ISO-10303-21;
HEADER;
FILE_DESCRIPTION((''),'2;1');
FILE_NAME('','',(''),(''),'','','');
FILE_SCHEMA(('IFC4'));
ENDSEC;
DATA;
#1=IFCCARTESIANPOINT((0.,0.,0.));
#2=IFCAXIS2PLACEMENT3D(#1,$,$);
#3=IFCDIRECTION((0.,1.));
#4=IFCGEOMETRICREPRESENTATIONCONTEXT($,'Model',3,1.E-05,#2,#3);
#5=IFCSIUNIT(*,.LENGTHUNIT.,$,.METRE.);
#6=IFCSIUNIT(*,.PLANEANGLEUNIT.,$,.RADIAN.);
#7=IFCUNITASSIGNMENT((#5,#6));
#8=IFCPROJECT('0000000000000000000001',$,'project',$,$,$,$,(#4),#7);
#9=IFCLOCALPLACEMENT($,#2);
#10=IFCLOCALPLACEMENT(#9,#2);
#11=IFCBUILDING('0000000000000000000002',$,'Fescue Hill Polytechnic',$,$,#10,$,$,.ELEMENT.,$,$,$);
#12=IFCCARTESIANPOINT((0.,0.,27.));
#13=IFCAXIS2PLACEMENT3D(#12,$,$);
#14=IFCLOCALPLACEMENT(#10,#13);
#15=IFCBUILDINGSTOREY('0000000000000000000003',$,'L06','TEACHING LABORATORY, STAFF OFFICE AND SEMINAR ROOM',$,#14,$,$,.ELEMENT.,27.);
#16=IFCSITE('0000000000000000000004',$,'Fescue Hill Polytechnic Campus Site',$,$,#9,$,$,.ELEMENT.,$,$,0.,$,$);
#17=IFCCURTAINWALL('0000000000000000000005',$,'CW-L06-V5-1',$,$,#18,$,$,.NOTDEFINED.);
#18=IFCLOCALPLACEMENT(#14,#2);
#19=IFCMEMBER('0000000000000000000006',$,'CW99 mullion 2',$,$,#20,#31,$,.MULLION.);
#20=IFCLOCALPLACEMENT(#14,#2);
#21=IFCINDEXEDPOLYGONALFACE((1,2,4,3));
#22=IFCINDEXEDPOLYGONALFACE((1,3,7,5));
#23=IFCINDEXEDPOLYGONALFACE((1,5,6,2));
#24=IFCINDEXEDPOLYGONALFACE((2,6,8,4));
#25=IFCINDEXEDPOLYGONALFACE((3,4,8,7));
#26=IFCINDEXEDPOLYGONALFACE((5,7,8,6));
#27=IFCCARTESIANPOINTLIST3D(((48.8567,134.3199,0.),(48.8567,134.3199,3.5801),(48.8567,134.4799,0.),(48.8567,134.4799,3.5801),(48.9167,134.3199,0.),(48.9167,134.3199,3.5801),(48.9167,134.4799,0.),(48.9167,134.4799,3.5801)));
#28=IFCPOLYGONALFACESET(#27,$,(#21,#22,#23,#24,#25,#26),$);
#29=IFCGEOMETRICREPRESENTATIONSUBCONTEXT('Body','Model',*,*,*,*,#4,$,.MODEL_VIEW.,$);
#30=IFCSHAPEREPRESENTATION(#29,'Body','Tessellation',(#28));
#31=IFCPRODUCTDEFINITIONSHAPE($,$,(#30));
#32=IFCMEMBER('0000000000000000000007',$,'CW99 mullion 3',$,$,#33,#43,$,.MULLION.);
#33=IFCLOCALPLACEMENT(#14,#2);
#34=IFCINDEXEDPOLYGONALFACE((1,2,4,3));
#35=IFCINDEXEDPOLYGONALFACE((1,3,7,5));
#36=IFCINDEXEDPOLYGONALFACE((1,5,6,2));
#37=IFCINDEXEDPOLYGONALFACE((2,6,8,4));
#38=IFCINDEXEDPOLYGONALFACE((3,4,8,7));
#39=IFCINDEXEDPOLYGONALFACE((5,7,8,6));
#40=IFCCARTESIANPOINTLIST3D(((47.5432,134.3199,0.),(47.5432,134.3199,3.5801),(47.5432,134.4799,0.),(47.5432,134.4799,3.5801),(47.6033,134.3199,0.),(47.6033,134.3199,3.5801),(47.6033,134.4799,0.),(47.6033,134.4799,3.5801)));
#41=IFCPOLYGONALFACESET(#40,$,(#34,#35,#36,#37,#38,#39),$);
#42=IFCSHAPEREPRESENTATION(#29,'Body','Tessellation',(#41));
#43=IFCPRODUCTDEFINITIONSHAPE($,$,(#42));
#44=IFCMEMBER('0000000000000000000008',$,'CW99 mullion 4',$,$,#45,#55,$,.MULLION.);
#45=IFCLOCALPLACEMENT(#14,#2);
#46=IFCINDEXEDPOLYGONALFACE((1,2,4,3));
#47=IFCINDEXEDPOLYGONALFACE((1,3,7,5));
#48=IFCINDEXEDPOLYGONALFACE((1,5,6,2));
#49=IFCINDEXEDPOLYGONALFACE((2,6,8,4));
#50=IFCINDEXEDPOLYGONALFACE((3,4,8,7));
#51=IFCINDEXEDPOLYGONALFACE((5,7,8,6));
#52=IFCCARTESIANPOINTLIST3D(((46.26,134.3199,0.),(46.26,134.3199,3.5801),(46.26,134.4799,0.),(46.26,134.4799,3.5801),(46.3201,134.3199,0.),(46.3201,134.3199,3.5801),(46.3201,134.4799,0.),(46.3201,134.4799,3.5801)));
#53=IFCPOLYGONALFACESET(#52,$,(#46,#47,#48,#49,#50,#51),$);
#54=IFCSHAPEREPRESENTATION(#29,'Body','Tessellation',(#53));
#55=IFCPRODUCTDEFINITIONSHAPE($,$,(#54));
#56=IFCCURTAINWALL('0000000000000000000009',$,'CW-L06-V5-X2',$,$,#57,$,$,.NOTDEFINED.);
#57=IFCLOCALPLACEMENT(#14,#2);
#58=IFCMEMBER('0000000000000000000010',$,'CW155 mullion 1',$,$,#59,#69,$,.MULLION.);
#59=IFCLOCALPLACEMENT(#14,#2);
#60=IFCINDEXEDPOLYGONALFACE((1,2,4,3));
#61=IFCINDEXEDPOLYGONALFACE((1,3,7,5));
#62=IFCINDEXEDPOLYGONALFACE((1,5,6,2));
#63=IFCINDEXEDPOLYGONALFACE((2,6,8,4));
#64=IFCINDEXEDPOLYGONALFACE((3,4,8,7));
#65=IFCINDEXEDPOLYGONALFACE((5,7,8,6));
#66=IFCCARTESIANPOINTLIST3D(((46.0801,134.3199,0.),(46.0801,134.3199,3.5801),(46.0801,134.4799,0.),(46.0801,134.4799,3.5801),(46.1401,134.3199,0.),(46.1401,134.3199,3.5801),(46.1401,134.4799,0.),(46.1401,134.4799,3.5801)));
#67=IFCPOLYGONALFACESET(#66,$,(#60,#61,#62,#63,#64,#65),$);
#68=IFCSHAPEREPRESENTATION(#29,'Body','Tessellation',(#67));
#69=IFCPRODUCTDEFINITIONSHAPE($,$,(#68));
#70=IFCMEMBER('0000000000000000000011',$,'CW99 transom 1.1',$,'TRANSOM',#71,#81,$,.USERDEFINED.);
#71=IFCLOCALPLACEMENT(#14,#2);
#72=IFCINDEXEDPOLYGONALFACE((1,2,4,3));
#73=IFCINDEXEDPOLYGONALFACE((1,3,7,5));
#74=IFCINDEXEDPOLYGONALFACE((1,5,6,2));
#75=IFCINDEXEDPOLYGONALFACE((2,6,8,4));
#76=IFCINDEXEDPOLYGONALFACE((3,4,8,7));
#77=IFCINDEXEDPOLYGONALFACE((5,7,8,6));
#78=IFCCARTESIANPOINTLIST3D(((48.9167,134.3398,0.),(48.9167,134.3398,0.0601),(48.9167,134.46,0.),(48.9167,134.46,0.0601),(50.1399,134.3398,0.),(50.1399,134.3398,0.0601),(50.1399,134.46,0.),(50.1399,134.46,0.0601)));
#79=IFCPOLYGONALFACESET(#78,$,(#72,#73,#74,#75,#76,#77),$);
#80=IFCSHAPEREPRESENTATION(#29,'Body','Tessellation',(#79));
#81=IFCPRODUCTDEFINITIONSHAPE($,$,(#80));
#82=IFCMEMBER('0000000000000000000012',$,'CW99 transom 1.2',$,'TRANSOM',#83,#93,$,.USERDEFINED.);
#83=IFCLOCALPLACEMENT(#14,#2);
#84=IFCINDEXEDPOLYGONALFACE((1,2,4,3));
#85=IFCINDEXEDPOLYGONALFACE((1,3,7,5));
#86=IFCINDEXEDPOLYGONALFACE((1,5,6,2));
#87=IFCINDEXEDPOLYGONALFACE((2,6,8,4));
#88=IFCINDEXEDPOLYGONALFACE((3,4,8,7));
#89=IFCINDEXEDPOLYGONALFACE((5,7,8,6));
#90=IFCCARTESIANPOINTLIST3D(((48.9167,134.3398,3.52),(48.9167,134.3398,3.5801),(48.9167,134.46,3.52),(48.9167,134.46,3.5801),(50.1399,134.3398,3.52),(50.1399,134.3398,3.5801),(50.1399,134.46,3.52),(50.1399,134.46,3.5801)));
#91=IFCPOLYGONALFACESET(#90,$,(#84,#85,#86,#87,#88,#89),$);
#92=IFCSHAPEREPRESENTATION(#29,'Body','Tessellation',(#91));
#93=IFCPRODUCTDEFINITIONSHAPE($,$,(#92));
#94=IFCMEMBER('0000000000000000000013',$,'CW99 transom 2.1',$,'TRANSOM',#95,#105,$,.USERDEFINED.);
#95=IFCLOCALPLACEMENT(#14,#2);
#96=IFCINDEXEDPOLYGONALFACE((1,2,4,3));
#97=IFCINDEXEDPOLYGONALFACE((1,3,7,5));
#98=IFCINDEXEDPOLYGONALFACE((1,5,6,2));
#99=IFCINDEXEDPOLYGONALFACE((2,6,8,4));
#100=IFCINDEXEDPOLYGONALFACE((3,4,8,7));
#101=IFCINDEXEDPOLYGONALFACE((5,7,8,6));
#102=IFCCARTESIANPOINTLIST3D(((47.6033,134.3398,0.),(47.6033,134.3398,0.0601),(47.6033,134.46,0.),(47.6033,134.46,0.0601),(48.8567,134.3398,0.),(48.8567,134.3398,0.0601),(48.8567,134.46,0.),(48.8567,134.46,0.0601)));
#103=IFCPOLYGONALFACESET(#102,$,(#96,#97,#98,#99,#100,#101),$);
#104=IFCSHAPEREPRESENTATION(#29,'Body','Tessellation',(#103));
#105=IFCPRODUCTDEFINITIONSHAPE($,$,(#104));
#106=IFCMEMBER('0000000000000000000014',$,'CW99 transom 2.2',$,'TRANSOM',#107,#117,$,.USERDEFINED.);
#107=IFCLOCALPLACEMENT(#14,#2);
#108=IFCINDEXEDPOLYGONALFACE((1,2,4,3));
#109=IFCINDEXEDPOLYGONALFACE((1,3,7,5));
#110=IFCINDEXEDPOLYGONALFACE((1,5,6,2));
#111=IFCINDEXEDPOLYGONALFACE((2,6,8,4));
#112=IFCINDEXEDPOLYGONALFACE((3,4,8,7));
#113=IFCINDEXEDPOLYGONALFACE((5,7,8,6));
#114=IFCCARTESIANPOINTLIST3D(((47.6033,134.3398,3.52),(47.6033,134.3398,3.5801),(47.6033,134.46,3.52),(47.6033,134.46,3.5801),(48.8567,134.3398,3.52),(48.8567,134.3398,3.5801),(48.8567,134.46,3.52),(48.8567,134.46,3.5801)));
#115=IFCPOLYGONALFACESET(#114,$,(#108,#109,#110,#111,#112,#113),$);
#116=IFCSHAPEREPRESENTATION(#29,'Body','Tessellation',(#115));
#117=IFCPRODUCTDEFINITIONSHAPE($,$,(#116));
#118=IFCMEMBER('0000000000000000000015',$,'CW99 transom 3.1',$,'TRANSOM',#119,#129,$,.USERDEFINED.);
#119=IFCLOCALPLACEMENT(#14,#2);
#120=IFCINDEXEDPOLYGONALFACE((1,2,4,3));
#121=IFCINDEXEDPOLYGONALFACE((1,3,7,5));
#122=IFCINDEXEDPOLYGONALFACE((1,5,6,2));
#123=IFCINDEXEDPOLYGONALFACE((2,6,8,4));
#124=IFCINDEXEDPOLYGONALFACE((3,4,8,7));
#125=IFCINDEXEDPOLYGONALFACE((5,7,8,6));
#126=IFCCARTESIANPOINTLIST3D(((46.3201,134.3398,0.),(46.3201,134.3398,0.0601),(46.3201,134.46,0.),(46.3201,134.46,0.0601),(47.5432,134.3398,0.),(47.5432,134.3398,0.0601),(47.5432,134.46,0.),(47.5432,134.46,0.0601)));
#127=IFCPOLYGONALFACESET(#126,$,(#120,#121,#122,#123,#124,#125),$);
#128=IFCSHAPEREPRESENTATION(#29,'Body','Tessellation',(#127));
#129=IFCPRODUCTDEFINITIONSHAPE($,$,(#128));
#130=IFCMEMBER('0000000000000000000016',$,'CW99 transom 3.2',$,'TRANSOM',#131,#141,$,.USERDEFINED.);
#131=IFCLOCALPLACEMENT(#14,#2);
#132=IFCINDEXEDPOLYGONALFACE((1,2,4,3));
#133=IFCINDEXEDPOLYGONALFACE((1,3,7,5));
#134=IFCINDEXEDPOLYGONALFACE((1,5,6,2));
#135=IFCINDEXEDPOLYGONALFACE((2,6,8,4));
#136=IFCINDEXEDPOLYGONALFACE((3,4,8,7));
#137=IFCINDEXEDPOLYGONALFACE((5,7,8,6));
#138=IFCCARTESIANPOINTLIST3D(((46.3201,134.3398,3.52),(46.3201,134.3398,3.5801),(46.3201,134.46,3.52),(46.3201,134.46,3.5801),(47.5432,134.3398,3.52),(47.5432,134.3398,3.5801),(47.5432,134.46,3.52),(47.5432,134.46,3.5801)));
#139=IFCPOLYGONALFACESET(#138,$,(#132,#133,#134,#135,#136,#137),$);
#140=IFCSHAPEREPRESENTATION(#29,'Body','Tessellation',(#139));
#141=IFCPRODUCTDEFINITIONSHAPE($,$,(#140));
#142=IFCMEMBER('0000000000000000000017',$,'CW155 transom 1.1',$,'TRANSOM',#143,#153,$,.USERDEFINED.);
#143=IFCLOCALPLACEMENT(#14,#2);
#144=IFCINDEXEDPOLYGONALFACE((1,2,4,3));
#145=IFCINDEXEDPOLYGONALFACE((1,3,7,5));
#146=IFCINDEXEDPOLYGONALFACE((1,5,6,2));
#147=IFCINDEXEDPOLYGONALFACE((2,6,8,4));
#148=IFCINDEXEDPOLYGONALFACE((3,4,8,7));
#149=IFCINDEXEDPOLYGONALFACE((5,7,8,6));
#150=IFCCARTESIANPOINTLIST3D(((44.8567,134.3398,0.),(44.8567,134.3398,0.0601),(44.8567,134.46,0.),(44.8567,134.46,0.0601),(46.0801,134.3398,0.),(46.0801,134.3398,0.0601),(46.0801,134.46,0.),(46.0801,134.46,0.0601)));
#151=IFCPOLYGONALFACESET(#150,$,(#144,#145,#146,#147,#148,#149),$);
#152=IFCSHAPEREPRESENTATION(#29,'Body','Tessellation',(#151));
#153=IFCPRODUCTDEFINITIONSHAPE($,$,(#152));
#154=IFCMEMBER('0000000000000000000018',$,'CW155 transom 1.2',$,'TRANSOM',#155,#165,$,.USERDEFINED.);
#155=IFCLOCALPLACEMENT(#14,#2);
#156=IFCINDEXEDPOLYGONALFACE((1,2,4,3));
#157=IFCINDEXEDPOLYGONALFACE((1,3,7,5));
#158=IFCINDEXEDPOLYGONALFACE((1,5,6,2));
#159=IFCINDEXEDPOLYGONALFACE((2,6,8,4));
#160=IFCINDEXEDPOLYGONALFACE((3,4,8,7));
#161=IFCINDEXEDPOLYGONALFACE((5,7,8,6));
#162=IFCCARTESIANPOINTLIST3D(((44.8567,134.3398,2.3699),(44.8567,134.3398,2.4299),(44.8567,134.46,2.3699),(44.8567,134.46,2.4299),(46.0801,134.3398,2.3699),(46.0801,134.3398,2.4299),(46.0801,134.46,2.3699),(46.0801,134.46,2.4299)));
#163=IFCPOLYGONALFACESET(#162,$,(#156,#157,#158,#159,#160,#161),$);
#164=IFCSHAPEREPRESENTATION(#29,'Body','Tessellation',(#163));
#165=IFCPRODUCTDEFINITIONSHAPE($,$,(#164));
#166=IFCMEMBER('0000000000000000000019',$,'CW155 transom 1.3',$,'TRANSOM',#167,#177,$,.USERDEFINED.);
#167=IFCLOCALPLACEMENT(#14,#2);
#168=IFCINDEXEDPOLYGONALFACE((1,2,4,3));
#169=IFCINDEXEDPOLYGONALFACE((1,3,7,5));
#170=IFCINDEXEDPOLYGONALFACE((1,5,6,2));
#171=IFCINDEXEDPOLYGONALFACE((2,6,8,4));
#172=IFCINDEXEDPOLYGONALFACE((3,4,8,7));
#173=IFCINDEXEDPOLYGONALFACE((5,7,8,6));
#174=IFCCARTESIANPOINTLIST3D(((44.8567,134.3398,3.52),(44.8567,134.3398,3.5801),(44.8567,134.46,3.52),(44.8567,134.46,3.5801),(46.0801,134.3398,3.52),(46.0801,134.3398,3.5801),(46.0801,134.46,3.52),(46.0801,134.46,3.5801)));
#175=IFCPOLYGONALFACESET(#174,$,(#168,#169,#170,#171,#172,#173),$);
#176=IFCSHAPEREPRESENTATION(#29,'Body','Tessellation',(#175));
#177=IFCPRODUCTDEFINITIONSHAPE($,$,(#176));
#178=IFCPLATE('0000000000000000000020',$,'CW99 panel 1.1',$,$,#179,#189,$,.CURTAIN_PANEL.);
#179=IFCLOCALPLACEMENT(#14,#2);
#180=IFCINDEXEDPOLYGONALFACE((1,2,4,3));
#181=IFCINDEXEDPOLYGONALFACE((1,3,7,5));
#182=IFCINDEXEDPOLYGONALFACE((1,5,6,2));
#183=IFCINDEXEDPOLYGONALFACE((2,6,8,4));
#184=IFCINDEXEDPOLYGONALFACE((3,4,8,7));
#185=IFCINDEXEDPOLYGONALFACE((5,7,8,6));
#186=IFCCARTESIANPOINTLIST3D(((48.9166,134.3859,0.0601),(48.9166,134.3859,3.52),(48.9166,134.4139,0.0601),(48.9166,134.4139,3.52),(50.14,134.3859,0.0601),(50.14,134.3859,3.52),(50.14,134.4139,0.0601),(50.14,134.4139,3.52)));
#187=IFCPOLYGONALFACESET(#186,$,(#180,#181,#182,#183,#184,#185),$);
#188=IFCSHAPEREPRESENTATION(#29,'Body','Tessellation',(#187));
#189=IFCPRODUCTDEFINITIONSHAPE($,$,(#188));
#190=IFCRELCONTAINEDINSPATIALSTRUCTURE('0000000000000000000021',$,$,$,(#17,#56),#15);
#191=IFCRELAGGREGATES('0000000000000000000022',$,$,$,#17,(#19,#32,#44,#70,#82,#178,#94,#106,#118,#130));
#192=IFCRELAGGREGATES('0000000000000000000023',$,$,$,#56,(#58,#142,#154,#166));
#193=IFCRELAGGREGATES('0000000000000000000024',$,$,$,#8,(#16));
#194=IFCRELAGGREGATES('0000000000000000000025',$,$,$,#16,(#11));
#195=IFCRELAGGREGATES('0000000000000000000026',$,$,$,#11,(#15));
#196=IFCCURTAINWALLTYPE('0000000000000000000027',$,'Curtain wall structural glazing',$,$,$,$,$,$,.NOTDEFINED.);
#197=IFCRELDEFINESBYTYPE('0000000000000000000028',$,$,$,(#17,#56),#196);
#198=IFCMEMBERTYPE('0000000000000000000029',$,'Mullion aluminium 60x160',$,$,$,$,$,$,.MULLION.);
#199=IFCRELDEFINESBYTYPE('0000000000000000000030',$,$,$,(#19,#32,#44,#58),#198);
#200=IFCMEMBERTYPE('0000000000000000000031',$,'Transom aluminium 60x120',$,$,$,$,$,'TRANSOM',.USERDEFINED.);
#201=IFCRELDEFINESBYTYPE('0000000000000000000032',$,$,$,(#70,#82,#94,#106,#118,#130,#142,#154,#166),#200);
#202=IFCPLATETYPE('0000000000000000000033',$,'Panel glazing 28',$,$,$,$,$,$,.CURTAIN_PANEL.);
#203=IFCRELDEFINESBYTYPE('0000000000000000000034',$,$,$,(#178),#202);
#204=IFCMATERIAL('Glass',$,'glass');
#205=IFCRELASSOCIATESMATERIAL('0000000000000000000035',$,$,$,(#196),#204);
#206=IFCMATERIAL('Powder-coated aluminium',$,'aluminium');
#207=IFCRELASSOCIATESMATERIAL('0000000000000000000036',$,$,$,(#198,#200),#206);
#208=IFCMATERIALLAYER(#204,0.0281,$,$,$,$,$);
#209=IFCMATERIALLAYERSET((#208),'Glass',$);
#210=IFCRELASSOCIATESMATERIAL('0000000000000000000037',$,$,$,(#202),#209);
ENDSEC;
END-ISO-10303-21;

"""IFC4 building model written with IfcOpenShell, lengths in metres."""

from ifc_helpers import new_model, si_unit, direction, frame, origin, origin_2d, place, context, subcontext, project, spatial, rectangle, extrude, material, layer, layer_set, material_profile, profile_set, type_object, element, aggregate, save


model = new_model("IFC4")

# Units and contexts
model_context = context("Model", 3, precision=1e-05, world=origin(), true_north=direction((0.0, 1.0)))
body_context = subcontext(model_context, "Body", "Model", "MODEL_VIEW")
ifc_project = project(units=[si_unit("LENGTHUNIT", "METRE"), si_unit("PLANEANGLEUNIT", "RADIAN")], contexts=[model_context])

# Site, building, storey
site_placement = place(None, origin())
site = spatial("IfcSite", under=ifc_project, at=site_placement, Name="Fescue Hill Polytechnic Campus Site", CompositionType="ELEMENT", RefElevation=0.0)
building_placement = place(site_placement, origin())
building = spatial("IfcBuilding", under=site, at=building_placement, Name="Fescue Hill Polytechnic", CompositionType="ELEMENT")
storey_placement = place(building_placement, frame((0.0, 0.0, 27.0)))
storey = spatial("IfcBuildingStorey", under=building, at=storey_placement, Name="L06", Description="TEACHING LABORATORY, STAFF OFFICE AND SEMINAR ROOM", CompositionType="ELEMENT", Elevation=27.0)

# Curtain wall, members
ifc_material_1 = material(Name="Glass", Category="glass")
curtain_wall_type = type_object("IfcCurtainWallType", Name="Curtain wall structural glazing", PredefinedType="NOTDEFINED", material=ifc_material_1)
curtain_wall_1_placement = place(storey_placement, origin())
curtain_wall_1 = element("IfcCurtainWall", 1, at=curtain_wall_1_placement, inside=storey, type_object=curtain_wall_type, Name="CW-L06-V5-1", PredefinedType="NOTDEFINED")
ifc_material_2 = material(Name="Powder-coated aluminium", Category="aluminium")
ifc_material_profile_1 = material_profile(ifc_material_2, rectangle(XDim=0.1599, YDim=0.0601, at=origin_2d()), Name="Mullion aluminium 60x160")
ifc_profile_set_1 = profile_set([ifc_material_profile_1], Name="Powder-coated aluminium")
member_type_1 = type_object("IfcMemberType", Name="Mullion aluminium 60x160", PredefinedType="MULLION", material=ifc_profile_set_1)
member_1_placement = place(storey_placement, frame((48.8867, 134.3999, 0.0), z_axis=(0.0, 0.0, 1.0), x_axis=(0.0, -1.0, 0.0)))
member_1 = element("IfcMember", 2, at=member_1_placement, type_object=member_type_1, Name="CW99 mullion 2", PredefinedType="MULLION", context=body_context, shape_type="SweptSolid", body=[
    extrude(rectangle(XDim=0.1599, YDim=0.0601, at=origin_2d()), origin(), (0.0, 0.0, 1.0), 3.5801),
])
member_2_placement = place(storey_placement, frame((47.5732, 134.3999, 0.0), z_axis=(0.0, 0.0, 1.0), x_axis=(0.0, -1.0, 0.0)))
member_2 = element("IfcMember", 3, at=member_2_placement, type_object=member_type_1, Name="CW99 mullion 3", PredefinedType="MULLION", context=body_context, shape_type="SweptSolid", body=[
    extrude(rectangle(XDim=0.1599, YDim=0.0601, at=origin_2d()), origin(), (0.0, 0.0, 1.0), 3.5801),
])
member_3_placement = place(storey_placement, frame((46.29, 134.3999, 0.0), z_axis=(0.0, 0.0, 1.0), x_axis=(0.0, -1.0, 0.0)))
member_3 = element("IfcMember", 4, at=member_3_placement, type_object=member_type_1, Name="CW99 mullion 4", PredefinedType="MULLION", context=body_context, shape_type="SweptSolid", body=[
    extrude(rectangle(XDim=0.1599, YDim=0.0601, at=origin_2d()), origin(), (0.0, 0.0, 1.0), 3.5801),
])

# Curtain wall, member
curtain_wall_2_placement = place(storey_placement, origin())
curtain_wall_2 = element("IfcCurtainWall", 5, at=curtain_wall_2_placement, inside=storey, type_object=curtain_wall_type, Name="CW-L06-V5-X2", PredefinedType="NOTDEFINED")
member_4_placement = place(storey_placement, frame((46.1101, 134.3999, 0.0), z_axis=(0.0, 0.0, 1.0), x_axis=(0.0, -1.0, 0.0)))
member_4 = element("IfcMember", 6, at=member_4_placement, type_object=member_type_1, Name="CW155 mullion 1", PredefinedType="MULLION", context=body_context, shape_type="SweptSolid", body=[
    extrude(rectangle(XDim=0.1599, YDim=0.0601, at=origin_2d()), origin(), (0.0, 0.0, 1.0), 3.5801),
])

# Members
ifc_material_profile_2 = material_profile(ifc_material_2, rectangle(XDim=0.1201, YDim=0.0601, at=origin_2d()), Name="Transom aluminium 60x120")
ifc_profile_set_2 = profile_set([ifc_material_profile_2], Name="Powder-coated aluminium")
member_type_2 = type_object("IfcMemberType", Name="Transom aluminium 60x120", ElementType="TRANSOM", PredefinedType="USERDEFINED", material=ifc_profile_set_2)
member_5_placement = place(storey_placement, frame((50.1399, 134.3999, 0.03), z_axis=(-1.0, 0.0, 0.0), x_axis=(0.0, -1.0, 0.0)))
member_5 = element("IfcMember", 7, at=member_5_placement, type_object=member_type_2, Name="CW99 transom 1.1", ObjectType="TRANSOM", PredefinedType="USERDEFINED", context=body_context, shape_type="SweptSolid", body=[
    extrude(rectangle(XDim=0.1201, YDim=0.0601, at=origin_2d()), origin(), (0.0, 0.0, 1.0), 1.2231),
])
member_6_placement = place(storey_placement, frame((50.1399, 134.3999, 3.55), z_axis=(-1.0, 0.0, 0.0), x_axis=(0.0, -1.0, 0.0)))
member_6 = element("IfcMember", 8, at=member_6_placement, type_object=member_type_2, Name="CW99 transom 1.2", ObjectType="TRANSOM", PredefinedType="USERDEFINED", context=body_context, shape_type="SweptSolid", body=[
    extrude(rectangle(XDim=0.1201, YDim=0.0601, at=origin_2d()), origin(), (0.0, 0.0, 1.0), 1.2231),
])
member_7_placement = place(storey_placement, frame((48.8567, 134.3999, 0.03), z_axis=(-1.0, 0.0, 0.0), x_axis=(0.0, -1.0, 0.0)))
member_7 = element("IfcMember", 9, at=member_7_placement, type_object=member_type_2, Name="CW99 transom 2.1", ObjectType="TRANSOM", PredefinedType="USERDEFINED", context=body_context, shape_type="SweptSolid", body=[
    extrude(rectangle(XDim=0.1201, YDim=0.0601, at=origin_2d()), origin(), (0.0, 0.0, 1.0), 1.2534),
])
member_8_placement = place(storey_placement, frame((48.8567, 134.3999, 3.55), z_axis=(-1.0, 0.0, 0.0), x_axis=(0.0, -1.0, 0.0)))
member_8 = element("IfcMember", 10, at=member_8_placement, type_object=member_type_2, Name="CW99 transom 2.2", ObjectType="TRANSOM", PredefinedType="USERDEFINED", context=body_context, shape_type="SweptSolid", body=[
    extrude(rectangle(XDim=0.1201, YDim=0.0601, at=origin_2d()), origin(), (0.0, 0.0, 1.0), 1.2534),
])
member_9_placement = place(storey_placement, frame((47.5432, 134.3999, 0.03), z_axis=(-1.0, 0.0, 0.0), x_axis=(0.0, -1.0, 0.0)))
member_9 = element("IfcMember", 11, at=member_9_placement, type_object=member_type_2, Name="CW99 transom 3.1", ObjectType="TRANSOM", PredefinedType="USERDEFINED", context=body_context, shape_type="SweptSolid", body=[
    extrude(rectangle(XDim=0.1201, YDim=0.0601, at=origin_2d()), origin(), (0.0, 0.0, 1.0), 1.2231),
])
member_10_placement = place(storey_placement, frame((47.5432, 134.3999, 3.55), z_axis=(-1.0, 0.0, 0.0), x_axis=(0.0, -1.0, 0.0)))
member_10 = element("IfcMember", 12, at=member_10_placement, type_object=member_type_2, Name="CW99 transom 3.2", ObjectType="TRANSOM", PredefinedType="USERDEFINED", context=body_context, shape_type="SweptSolid", body=[
    extrude(rectangle(XDim=0.1201, YDim=0.0601, at=origin_2d()), origin(), (0.0, 0.0, 1.0), 1.2231),
])
member_11_placement = place(storey_placement, frame((46.0801, 134.3999, 0.03), z_axis=(-1.0, 0.0, 0.0), x_axis=(0.0, -1.0, 0.0)))
member_11 = element("IfcMember", 13, at=member_11_placement, type_object=member_type_2, Name="CW155 transom 1.1", ObjectType="TRANSOM", PredefinedType="USERDEFINED", context=body_context, shape_type="SweptSolid", body=[
    extrude(rectangle(XDim=0.1201, YDim=0.0601, at=origin_2d()), origin(), (0.0, 0.0, 1.0), 1.2234),
])
member_12_placement = place(storey_placement, frame((46.0801, 134.3999, 2.3999), z_axis=(-1.0, 0.0, 0.0), x_axis=(0.0, -1.0, 0.0)))
member_12 = element("IfcMember", 14, at=member_12_placement, type_object=member_type_2, Name="CW155 transom 1.2", ObjectType="TRANSOM", PredefinedType="USERDEFINED", context=body_context, shape_type="SweptSolid", body=[
    extrude(rectangle(XDim=0.1201, YDim=0.0601, at=origin_2d()), origin(), (0.0, 0.0, 1.0), 1.2234),
])
member_13_placement = place(storey_placement, frame((46.0801, 134.3999, 3.55), z_axis=(-1.0, 0.0, 0.0), x_axis=(0.0, -1.0, 0.0)))
member_13 = element("IfcMember", 15, at=member_13_placement, type_object=member_type_2, Name="CW155 transom 1.3", ObjectType="TRANSOM", PredefinedType="USERDEFINED", context=body_context, shape_type="SweptSolid", body=[
    extrude(rectangle(XDim=0.1201, YDim=0.0601, at=origin_2d()), origin(), (0.0, 0.0, 1.0), 1.2234),
])

# Plate
ifc_layer_1 = layer(ifc_material_1, 0.0281)
ifc_layer_set_1 = layer_set([ifc_layer_1], Name="Glass")
plate_type = type_object("IfcPlateType", Name="Panel glazing 28", PredefinedType="CURTAIN_PANEL", material=ifc_layer_set_1)
plate_1_placement = place(storey_placement, frame((49.5283, 134.3999, 0.0601), z_axis=(0.0, 0.0, 1.0), x_axis=(-1.0, 0.0, 0.0)))
plate_1 = element("IfcPlate", 16, at=plate_1_placement, type_object=plate_type, Name="CW99 panel 1.1", PredefinedType="CURTAIN_PANEL", context=body_context, shape_type="SweptSolid", body=[
    extrude(rectangle(XDim=1.2234, YDim=0.0281, at=origin_2d()), origin(), (0.0, 0.0, 1.0), 3.46),
])
aggregate(curtain_wall_1, [member_1, member_2, member_3, member_5, member_6, plate_1, member_7, member_8, member_9, member_10])
aggregate(curtain_wall_2, [member_4, member_11, member_12, member_13])

save(model, "model.ifc")
